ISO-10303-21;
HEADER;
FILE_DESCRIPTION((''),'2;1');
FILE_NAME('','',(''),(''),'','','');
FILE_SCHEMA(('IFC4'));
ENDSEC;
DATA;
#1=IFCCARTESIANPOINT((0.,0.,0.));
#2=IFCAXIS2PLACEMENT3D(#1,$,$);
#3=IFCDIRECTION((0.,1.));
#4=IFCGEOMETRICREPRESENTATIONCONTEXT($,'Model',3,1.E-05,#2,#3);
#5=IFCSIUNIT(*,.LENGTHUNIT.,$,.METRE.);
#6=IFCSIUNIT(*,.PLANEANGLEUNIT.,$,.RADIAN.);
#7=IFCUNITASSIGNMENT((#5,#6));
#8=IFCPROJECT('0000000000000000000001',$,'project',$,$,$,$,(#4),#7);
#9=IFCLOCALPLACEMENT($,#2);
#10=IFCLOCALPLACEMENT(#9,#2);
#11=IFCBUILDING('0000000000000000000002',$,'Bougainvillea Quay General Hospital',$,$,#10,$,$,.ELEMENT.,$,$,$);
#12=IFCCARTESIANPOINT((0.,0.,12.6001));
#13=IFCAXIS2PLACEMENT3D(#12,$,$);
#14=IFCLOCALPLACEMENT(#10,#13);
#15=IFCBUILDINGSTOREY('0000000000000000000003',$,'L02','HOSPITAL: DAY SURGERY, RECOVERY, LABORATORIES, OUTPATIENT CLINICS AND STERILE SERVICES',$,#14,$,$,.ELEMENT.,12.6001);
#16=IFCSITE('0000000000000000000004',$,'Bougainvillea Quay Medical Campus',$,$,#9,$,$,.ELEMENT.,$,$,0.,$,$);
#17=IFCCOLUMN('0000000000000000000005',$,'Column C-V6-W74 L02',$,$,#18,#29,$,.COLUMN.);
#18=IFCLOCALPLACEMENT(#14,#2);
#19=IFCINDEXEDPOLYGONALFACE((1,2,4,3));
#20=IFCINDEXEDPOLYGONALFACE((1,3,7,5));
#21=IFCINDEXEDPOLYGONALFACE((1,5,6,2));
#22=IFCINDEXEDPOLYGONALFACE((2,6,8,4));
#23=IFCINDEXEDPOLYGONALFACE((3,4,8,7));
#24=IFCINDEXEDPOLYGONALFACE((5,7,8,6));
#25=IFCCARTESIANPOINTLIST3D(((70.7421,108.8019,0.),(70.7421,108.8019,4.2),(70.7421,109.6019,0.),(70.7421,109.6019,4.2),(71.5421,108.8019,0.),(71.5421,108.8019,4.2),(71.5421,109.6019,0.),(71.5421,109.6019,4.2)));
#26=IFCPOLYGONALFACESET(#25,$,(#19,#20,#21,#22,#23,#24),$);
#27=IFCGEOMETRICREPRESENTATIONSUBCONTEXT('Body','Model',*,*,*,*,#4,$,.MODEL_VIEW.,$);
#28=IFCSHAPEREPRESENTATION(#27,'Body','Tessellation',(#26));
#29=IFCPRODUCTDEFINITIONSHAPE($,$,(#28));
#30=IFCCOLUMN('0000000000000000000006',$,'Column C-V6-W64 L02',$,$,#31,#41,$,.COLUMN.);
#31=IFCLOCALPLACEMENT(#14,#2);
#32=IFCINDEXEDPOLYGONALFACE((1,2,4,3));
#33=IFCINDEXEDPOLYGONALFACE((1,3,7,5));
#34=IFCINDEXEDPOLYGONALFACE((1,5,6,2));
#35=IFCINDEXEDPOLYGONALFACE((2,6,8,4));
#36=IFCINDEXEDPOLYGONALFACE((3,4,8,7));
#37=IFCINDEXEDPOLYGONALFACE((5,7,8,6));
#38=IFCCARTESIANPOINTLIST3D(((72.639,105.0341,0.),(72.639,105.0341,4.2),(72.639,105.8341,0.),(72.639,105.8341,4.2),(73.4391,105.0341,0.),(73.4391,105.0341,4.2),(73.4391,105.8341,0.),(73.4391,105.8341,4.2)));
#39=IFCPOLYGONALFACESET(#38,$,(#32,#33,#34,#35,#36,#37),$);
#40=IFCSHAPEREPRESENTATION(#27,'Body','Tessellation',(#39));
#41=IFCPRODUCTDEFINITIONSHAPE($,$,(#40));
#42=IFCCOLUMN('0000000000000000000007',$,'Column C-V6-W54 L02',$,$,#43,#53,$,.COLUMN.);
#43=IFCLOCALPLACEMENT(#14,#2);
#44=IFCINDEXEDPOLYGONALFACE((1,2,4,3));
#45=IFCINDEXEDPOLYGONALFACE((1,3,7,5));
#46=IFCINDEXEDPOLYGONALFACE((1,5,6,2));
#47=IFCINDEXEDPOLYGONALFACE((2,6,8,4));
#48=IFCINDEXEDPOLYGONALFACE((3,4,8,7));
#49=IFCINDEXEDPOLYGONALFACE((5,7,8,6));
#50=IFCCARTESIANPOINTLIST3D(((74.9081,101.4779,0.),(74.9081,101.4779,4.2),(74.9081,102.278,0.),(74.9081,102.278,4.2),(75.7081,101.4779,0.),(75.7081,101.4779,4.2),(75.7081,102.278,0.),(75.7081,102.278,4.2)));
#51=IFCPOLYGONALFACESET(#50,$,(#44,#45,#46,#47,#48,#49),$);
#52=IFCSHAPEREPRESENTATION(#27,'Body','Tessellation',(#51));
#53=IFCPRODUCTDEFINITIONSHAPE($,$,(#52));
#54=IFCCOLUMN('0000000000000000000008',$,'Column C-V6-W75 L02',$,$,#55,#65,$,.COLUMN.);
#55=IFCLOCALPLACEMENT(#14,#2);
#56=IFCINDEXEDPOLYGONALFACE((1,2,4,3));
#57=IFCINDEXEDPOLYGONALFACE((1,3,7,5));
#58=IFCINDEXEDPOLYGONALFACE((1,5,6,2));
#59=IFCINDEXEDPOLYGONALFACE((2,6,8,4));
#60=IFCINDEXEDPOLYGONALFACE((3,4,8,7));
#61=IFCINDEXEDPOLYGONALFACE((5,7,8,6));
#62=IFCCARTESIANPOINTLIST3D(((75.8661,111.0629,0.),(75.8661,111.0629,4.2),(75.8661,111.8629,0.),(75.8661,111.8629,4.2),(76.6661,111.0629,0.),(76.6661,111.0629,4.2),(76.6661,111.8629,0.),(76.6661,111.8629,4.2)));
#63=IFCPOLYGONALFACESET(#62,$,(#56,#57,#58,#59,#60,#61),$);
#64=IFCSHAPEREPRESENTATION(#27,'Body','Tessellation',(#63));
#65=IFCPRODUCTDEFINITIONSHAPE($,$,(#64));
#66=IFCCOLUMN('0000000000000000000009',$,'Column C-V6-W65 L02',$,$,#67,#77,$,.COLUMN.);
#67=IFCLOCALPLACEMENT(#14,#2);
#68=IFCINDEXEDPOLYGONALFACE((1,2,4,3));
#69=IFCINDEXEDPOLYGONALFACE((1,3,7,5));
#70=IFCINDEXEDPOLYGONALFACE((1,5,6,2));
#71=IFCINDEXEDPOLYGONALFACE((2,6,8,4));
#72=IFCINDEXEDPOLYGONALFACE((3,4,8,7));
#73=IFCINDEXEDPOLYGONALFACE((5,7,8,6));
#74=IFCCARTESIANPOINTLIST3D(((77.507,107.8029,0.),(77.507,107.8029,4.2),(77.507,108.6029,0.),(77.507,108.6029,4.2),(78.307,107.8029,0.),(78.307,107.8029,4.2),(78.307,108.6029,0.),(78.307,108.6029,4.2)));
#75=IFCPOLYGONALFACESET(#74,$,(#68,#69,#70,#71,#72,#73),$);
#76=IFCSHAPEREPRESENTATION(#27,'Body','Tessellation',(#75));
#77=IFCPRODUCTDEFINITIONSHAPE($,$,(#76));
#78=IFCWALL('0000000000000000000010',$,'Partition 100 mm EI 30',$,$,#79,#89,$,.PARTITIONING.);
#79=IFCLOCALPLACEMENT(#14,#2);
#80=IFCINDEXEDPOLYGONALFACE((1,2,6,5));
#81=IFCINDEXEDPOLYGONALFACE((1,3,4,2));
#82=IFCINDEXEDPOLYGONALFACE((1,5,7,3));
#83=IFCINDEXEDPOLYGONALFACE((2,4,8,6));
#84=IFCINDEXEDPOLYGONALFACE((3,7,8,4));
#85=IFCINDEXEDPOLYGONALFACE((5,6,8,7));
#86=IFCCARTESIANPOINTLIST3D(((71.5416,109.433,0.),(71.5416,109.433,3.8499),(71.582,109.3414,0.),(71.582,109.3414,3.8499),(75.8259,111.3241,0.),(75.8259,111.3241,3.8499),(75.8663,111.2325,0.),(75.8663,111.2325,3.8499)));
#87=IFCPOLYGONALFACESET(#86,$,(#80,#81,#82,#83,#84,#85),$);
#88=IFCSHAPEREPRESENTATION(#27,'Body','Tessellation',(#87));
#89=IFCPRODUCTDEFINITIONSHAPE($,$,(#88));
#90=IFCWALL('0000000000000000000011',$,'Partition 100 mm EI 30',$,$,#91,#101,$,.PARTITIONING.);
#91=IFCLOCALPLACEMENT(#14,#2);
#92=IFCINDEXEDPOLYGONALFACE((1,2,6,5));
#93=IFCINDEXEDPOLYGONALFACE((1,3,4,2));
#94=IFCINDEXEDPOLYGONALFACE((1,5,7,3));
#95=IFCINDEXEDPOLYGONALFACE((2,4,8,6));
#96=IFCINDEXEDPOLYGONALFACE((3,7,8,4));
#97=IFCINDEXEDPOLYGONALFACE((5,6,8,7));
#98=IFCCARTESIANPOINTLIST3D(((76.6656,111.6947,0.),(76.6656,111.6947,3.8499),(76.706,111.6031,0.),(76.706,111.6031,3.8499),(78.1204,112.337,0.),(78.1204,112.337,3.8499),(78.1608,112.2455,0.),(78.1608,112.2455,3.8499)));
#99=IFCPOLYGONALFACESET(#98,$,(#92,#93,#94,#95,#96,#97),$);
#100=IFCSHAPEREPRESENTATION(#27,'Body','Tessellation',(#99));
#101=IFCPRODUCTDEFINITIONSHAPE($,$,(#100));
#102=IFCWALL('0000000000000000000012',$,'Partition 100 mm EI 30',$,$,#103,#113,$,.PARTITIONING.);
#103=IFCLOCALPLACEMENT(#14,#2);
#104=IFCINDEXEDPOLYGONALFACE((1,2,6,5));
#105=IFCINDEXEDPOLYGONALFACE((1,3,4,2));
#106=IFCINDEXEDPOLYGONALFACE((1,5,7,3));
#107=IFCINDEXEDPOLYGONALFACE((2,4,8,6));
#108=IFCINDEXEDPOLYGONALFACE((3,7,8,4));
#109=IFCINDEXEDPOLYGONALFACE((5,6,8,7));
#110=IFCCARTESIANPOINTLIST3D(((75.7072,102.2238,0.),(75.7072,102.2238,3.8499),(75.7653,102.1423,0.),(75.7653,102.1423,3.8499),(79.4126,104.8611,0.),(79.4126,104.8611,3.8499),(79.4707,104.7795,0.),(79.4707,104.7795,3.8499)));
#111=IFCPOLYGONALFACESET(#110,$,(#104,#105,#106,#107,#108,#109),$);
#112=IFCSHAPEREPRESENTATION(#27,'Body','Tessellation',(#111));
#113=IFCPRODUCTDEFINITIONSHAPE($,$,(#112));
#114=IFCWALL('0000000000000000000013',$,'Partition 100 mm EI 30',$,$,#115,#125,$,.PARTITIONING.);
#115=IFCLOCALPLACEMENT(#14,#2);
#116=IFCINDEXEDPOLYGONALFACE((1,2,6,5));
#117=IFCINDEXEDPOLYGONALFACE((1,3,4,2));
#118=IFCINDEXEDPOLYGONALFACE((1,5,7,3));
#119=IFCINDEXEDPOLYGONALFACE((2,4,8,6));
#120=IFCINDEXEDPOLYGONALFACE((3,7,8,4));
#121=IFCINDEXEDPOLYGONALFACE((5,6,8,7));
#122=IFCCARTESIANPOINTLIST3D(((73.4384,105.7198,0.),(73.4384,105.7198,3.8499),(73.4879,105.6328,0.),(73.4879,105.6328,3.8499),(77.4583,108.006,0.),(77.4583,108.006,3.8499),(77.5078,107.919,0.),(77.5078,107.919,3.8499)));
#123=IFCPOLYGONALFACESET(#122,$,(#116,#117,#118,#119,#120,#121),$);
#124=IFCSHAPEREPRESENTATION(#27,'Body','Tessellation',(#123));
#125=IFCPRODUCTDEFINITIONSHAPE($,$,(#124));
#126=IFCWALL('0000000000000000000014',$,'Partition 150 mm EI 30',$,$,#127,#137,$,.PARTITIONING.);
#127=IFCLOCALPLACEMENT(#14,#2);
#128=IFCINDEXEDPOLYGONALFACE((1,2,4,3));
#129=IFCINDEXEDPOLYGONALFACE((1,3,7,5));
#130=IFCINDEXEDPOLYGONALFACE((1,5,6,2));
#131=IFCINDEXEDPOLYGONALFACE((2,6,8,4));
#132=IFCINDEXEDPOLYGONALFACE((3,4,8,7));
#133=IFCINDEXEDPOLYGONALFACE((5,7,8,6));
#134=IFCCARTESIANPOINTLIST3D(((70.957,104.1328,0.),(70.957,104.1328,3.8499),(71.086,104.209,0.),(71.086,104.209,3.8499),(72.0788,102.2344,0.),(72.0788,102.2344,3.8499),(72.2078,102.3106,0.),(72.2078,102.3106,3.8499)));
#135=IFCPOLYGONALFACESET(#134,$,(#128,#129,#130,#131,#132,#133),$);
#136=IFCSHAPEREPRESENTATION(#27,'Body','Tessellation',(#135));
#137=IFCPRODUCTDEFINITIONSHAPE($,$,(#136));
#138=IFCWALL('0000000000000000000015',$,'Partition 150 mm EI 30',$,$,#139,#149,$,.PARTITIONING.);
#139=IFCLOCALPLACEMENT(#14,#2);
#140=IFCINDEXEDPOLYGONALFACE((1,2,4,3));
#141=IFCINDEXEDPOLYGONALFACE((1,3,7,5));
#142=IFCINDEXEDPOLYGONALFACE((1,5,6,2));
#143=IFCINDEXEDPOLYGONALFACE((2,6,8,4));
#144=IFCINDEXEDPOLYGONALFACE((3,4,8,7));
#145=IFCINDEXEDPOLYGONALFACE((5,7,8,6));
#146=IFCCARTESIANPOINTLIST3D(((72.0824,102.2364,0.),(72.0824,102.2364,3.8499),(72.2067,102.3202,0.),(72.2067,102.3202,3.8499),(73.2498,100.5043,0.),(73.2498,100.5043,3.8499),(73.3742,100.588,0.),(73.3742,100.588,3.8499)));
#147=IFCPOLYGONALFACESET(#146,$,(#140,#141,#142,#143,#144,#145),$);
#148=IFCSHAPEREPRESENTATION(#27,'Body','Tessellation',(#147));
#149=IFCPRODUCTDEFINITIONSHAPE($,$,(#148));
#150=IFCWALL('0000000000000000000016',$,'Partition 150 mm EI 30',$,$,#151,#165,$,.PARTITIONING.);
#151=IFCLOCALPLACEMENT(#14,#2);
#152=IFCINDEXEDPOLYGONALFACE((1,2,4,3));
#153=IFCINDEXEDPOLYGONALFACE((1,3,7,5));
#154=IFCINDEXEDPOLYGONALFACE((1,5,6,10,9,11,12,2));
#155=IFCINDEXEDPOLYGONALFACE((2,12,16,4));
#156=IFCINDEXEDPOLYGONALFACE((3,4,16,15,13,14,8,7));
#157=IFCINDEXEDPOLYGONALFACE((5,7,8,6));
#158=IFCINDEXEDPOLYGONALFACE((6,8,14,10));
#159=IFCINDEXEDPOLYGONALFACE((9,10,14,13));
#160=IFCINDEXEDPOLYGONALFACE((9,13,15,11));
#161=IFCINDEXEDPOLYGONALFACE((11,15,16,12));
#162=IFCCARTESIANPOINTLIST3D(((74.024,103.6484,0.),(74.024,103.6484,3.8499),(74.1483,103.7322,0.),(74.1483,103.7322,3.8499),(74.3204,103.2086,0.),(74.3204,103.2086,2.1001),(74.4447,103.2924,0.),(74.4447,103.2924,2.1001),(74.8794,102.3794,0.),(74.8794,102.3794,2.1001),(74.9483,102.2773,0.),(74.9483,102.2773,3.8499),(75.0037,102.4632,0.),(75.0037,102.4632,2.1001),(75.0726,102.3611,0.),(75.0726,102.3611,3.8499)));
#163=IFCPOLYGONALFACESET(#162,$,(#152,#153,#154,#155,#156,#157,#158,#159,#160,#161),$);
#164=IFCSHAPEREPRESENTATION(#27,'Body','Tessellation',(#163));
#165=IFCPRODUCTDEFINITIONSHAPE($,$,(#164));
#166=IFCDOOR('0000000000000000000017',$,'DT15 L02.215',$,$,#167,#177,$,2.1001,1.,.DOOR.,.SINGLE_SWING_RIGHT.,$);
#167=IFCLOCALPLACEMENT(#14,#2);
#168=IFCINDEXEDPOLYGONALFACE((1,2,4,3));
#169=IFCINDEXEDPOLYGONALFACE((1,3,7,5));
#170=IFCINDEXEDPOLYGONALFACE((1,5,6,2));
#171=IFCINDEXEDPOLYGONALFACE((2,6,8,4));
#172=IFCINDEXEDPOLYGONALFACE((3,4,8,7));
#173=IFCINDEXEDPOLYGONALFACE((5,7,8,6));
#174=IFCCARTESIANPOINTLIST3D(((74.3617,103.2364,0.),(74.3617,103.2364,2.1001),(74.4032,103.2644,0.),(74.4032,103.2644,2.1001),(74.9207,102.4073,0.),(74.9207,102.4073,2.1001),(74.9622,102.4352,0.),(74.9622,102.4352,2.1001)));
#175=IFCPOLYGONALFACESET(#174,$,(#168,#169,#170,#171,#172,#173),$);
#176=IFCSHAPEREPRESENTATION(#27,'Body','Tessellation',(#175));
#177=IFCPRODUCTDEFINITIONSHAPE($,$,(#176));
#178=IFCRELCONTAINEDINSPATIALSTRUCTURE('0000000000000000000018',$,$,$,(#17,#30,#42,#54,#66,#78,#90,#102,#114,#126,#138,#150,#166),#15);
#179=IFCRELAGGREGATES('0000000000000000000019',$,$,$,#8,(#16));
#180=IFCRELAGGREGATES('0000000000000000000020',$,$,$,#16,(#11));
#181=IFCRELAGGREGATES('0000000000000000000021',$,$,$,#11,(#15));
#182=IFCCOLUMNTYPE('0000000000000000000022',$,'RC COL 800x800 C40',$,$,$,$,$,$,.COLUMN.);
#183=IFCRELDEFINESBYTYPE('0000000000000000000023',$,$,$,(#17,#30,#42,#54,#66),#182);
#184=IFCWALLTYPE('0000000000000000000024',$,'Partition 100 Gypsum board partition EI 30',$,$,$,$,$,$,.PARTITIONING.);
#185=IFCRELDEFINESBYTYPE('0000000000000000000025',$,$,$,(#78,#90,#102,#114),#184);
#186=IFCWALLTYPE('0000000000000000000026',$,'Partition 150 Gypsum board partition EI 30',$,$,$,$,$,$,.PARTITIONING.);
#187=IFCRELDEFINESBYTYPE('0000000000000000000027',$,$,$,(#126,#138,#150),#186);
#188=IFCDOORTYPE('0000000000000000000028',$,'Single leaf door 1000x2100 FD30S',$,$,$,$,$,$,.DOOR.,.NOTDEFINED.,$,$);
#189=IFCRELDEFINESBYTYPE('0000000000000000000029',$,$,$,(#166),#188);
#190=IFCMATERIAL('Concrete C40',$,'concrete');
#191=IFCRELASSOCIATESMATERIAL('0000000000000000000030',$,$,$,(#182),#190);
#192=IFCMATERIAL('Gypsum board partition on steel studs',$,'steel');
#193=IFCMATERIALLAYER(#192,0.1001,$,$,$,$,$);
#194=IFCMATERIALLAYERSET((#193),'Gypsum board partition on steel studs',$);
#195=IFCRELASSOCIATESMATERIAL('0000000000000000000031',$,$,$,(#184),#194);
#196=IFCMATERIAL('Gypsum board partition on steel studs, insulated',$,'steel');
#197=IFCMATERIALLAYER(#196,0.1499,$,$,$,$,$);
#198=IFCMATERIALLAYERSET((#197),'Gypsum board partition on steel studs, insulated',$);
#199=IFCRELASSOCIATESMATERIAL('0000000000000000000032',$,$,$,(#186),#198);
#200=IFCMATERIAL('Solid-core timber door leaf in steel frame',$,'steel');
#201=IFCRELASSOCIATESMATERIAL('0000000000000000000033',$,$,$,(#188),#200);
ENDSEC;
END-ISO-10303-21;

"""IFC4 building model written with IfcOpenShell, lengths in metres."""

from ifc_helpers import new_model, si_unit, direction, frame, frame_2d, origin, origin_2d, place, context, subcontext, project, spatial, rectangle, extrude, material, layer, layer_set, material_profile, profile_set, type_object, element, fill, save


model = new_model("IFC4")

# Units and contexts
model_context = context("Model", 3, precision=1e-05, world=origin(), true_north=direction((0.0, 1.0)))
body_context = subcontext(model_context, "Body", "Model", "MODEL_VIEW")
ifc_project = project(units=[si_unit("LENGTHUNIT", "METRE"), si_unit("PLANEANGLEUNIT", "RADIAN")], contexts=[model_context])

# Site, building, storey
site_placement = place(None, origin())
site = spatial("IfcSite", under=ifc_project, at=site_placement, Name="Bougainvillea Quay Medical Campus", CompositionType="ELEMENT", RefElevation=0.0)
building_placement = place(site_placement, origin())
building = spatial("IfcBuilding", under=site, at=building_placement, Name="Bougainvillea Quay General Hospital", CompositionType="ELEMENT")
storey_placement = place(building_placement, frame((0.0, 0.0, 12.6001)))
storey = spatial("IfcBuildingStorey", under=building, at=storey_placement, Name="L02", Description="HOSPITAL: DAY SURGERY, RECOVERY, LABORATORIES, OUTPATIENT CLINICS AND STERILE SERVICES", CompositionType="ELEMENT", Elevation=12.6001)

# Columns
ifc_material_1 = material(Name="Concrete C40", Category="concrete")
ifc_material_profile = material_profile(ifc_material_1, rectangle(XDim=0.8, YDim=0.8, at=origin_2d()))
ifc_profile_set = profile_set([ifc_material_profile], Name="Concrete C40")
column_type = type_object("IfcColumnType", Name="RC COL 800x800 C40", PredefinedType="COLUMN", material=ifc_profile_set)
for number, where, z_axis, x_axis, name in (
    (1, (71.1421, 109.2019, 0.0), (0.0, 0.0, 1.0), (1.0, 0.0, 0.0), "Column C-V6-W74 L02"),
    (2, (73.0391, 105.4341, 0.0), (0.0, 0.0, 1.0), (1.0, 0.0, 0.0), "Column C-V6-W64 L02"),
    (3, (75.3081, 101.8779, 0.0), (0.0, 0.0, 1.0), (1.0, 0.0, 0.0), "Column C-V6-W54 L02"),
    (4, (76.2661, 111.4629, 0.0), (0.0, 0.0, 1.0), (1.0, 0.0, 0.0), "Column C-V6-W75 L02"),
    (5, (77.907, 108.2029, 0.0), (0.0, 0.0, 1.0), (1.0, 0.0, 0.0), "Column C-V6-W65 L02"),
):
    element("IfcColumn", number, at=place(storey_placement, frame(where, z_axis=z_axis, x_axis=x_axis)), inside=storey, type_object=column_type, Name=name, PredefinedType="COLUMN", context=body_context, shape_type="SweptSolid", body=[
        extrude(rectangle(XDim=0.8, YDim=0.8, at=origin_2d()), origin(), (0.0, 0.0, 1.0), 4.2),
    ])

# Walls
ifc_material_2 = material(Name="Gypsum board partition on steel studs", Category="steel")
ifc_layer_1 = layer(ifc_material_2, 0.1001)
ifc_layer_set_1 = layer_set([ifc_layer_1], Name="Gypsum board partition on steel studs")
wall_type_1 = type_object("IfcWallType", Name="Partition 100 Gypsum board partition EI 30", PredefinedType="PARTITIONING", material=ifc_layer_set_1)
wall_1_placement = place(storey_placement, frame((71.5618, 109.3872, 0.0), z_axis=(0.0, 0.0, 1.0), x_axis=(0.914845, 0.403806, 0.0)))
element("IfcWall", 6, at=wall_1_placement, inside=storey, type_object=wall_type_1, Name="Partition 100 mm EI 30", PredefinedType="PARTITIONING", context=body_context, shape_type="SweptSolid", body=[
    extrude(rectangle(XDim=4.6831, YDim=0.1001, at=frame_2d((2.3416, 0.0))), origin(), (0.0, 0.0, 1.0), 3.8499),
])
wall_2_placement = place(storey_placement, frame((76.6858, 111.6489, 0.0), z_axis=(0.0, 0.0, 1.0), x_axis=(0.914803, 0.403901, 0.0)))
element("IfcWall", 7, at=wall_2_placement, inside=storey, type_object=wall_type_1, Name="Partition 100 mm EI 30", PredefinedType="PARTITIONING", context=body_context, shape_type="SweptSolid", body=[
    extrude(rectangle(XDim=1.5903, YDim=0.1001, at=frame_2d((0.7952, 0.0))), origin(), (0.0, 0.0, 1.0), 3.8499),
])
wall_3_placement = place(storey_placement, frame((75.7363, 102.1831, 0.0), z_axis=(0.0, 0.0, 1.0), x_axis=(0.814715, 0.579861, 0.0)))
element("IfcWall", 8, at=wall_3_placement, inside=storey, type_object=wall_type_1, Name="Partition 100 mm EI 30", PredefinedType="PARTITIONING", context=body_context, shape_type="SweptSolid", body=[
    extrude(rectangle(XDim=4.5481, YDim=0.1001, at=frame_2d((2.2739, 0.0))), origin(), (0.0, 0.0, 1.0), 3.8499),
])
wall_4_placement = place(storey_placement, frame((73.4631, 105.6763, 0.0), z_axis=(0.0, 0.0, 1.0), x_axis=(0.869255, 0.494364, 0.0)))
element("IfcWall", 9, at=wall_4_placement, inside=storey, type_object=wall_type_1, Name="Partition 100 mm EI 30", PredefinedType="PARTITIONING", context=body_context, shape_type="SweptSolid", body=[
    extrude(rectangle(XDim=4.6245, YDim=0.1001, at=frame_2d((2.3123, 0.0))), origin(), (0.0, 0.0, 1.0), 3.8499),
])
ifc_material_3 = material(Name="Gypsum board partition on steel studs, insulated", Category="steel")
ifc_layer_2 = layer(ifc_material_3, 0.1499)
ifc_layer_set_2 = layer_set([ifc_layer_2], Name="Gypsum board partition on steel studs, insulated")
wall_type_2 = type_object("IfcWallType", Name="Partition 150 Gypsum board partition EI 30", PredefinedType="PARTITIONING", material=ifc_layer_set_2)
wall_5_placement = place(storey_placement, frame((71.0215, 104.1709, 0.0), z_axis=(0.0, 0.0, 1.0), x_axis=(0.508737, -0.860922, 0.0)))
element("IfcWall", 10, at=wall_5_placement, inside=storey, type_object=wall_type_2, Name="Partition 150 mm EI 30", PredefinedType="PARTITIONING", context=body_context, shape_type="SweptSolid", body=[
    extrude(rectangle(XDim=2.2051, YDim=0.1499, at=frame_2d((1.1025, 0.0))), origin(), (0.0, 0.0, 1.0), 3.8499),
])
wall_6_placement = place(storey_placement, frame((72.1445, 102.2783, 0.0), z_axis=(0.0, 0.0, 1.0), x_axis=(0.558901, -0.829235, 0.0)))
element("IfcWall", 11, at=wall_6_placement, inside=storey, type_object=wall_type_2, Name="Partition 150 mm EI 30", PredefinedType="PARTITIONING", context=body_context, shape_type="SweptSolid", body=[
    extrude(rectangle(XDim=2.0889, YDim=0.1499, at=frame_2d((1.0444, 0.0))), origin(), (0.0, 0.0, 1.0), 3.8499),
])

# Wall, opening, door
wall_7_placement = place(storey_placement, frame((74.0862, 103.6902, 0.0), z_axis=(0.0, 0.0, 1.0), x_axis=(0.558986, -0.829177, 0.0)))
wall_7 = element("IfcWall", 12, at=wall_7_placement, inside=storey, type_object=wall_type_2, Name="Partition 150 mm EI 30", PredefinedType="PARTITIONING", context=body_context, shape_type="SweptSolid", body=[
    extrude(rectangle(XDim=1.6536, YDim=0.1499, at=frame_2d((0.8267, 0.0))), origin(), (0.0, 0.0, 1.0), 3.8499),
])
opening_1_placement = place(wall_7_placement, frame((0.5303, 0.0, 0.0)))
opening_1 = element("IfcOpeningElement", 13, at=opening_1_placement, cuts=wall_7, PredefinedType="OPENING", context=body_context, shape_type="SweptSolid", body=[
    extrude(rectangle(XDim=1.0, YDim=2.1001, at=frame_2d((0.5, 1.05))), frame((0.0, 0.085, 0.0), z_axis=(0.0, -1.0, 0.0), x_axis=(1.0, 0.0, 0.0)), (0.0, 0.0, 1.0), 0.1699),
])
ifc_material_4 = material(Name="Solid-core timber door leaf in steel frame", Category="steel")
door_type = type_object("IfcDoorType", Name="Single leaf door 1000x2100 FD30S", OperationType="NOTDEFINED", PredefinedType="DOOR", material=ifc_material_4)
door_1_placement = place(opening_1_placement, origin())
door_1 = element("IfcDoor", 14, at=door_1_placement, inside=storey, type_object=door_type, Name="DT15 L02.215", OperationType="SINGLE_SWING_RIGHT", OverallHeight=2.1001, OverallWidth=1.0, PredefinedType="DOOR", context=body_context, shape_type="SweptSolid", body=[
    extrude(rectangle(XDim=1.0, YDim=2.1001, at=frame_2d((0.5, 1.05))), frame((0.0, 0.0249, 0.0), z_axis=(0.0, -1.0, 0.0), x_axis=(1.0, 0.0, 0.0)), (0.0, 0.0, 1.0), 0.05),
])
fill(opening_1, door_1)

save(model, "model.ifc")
